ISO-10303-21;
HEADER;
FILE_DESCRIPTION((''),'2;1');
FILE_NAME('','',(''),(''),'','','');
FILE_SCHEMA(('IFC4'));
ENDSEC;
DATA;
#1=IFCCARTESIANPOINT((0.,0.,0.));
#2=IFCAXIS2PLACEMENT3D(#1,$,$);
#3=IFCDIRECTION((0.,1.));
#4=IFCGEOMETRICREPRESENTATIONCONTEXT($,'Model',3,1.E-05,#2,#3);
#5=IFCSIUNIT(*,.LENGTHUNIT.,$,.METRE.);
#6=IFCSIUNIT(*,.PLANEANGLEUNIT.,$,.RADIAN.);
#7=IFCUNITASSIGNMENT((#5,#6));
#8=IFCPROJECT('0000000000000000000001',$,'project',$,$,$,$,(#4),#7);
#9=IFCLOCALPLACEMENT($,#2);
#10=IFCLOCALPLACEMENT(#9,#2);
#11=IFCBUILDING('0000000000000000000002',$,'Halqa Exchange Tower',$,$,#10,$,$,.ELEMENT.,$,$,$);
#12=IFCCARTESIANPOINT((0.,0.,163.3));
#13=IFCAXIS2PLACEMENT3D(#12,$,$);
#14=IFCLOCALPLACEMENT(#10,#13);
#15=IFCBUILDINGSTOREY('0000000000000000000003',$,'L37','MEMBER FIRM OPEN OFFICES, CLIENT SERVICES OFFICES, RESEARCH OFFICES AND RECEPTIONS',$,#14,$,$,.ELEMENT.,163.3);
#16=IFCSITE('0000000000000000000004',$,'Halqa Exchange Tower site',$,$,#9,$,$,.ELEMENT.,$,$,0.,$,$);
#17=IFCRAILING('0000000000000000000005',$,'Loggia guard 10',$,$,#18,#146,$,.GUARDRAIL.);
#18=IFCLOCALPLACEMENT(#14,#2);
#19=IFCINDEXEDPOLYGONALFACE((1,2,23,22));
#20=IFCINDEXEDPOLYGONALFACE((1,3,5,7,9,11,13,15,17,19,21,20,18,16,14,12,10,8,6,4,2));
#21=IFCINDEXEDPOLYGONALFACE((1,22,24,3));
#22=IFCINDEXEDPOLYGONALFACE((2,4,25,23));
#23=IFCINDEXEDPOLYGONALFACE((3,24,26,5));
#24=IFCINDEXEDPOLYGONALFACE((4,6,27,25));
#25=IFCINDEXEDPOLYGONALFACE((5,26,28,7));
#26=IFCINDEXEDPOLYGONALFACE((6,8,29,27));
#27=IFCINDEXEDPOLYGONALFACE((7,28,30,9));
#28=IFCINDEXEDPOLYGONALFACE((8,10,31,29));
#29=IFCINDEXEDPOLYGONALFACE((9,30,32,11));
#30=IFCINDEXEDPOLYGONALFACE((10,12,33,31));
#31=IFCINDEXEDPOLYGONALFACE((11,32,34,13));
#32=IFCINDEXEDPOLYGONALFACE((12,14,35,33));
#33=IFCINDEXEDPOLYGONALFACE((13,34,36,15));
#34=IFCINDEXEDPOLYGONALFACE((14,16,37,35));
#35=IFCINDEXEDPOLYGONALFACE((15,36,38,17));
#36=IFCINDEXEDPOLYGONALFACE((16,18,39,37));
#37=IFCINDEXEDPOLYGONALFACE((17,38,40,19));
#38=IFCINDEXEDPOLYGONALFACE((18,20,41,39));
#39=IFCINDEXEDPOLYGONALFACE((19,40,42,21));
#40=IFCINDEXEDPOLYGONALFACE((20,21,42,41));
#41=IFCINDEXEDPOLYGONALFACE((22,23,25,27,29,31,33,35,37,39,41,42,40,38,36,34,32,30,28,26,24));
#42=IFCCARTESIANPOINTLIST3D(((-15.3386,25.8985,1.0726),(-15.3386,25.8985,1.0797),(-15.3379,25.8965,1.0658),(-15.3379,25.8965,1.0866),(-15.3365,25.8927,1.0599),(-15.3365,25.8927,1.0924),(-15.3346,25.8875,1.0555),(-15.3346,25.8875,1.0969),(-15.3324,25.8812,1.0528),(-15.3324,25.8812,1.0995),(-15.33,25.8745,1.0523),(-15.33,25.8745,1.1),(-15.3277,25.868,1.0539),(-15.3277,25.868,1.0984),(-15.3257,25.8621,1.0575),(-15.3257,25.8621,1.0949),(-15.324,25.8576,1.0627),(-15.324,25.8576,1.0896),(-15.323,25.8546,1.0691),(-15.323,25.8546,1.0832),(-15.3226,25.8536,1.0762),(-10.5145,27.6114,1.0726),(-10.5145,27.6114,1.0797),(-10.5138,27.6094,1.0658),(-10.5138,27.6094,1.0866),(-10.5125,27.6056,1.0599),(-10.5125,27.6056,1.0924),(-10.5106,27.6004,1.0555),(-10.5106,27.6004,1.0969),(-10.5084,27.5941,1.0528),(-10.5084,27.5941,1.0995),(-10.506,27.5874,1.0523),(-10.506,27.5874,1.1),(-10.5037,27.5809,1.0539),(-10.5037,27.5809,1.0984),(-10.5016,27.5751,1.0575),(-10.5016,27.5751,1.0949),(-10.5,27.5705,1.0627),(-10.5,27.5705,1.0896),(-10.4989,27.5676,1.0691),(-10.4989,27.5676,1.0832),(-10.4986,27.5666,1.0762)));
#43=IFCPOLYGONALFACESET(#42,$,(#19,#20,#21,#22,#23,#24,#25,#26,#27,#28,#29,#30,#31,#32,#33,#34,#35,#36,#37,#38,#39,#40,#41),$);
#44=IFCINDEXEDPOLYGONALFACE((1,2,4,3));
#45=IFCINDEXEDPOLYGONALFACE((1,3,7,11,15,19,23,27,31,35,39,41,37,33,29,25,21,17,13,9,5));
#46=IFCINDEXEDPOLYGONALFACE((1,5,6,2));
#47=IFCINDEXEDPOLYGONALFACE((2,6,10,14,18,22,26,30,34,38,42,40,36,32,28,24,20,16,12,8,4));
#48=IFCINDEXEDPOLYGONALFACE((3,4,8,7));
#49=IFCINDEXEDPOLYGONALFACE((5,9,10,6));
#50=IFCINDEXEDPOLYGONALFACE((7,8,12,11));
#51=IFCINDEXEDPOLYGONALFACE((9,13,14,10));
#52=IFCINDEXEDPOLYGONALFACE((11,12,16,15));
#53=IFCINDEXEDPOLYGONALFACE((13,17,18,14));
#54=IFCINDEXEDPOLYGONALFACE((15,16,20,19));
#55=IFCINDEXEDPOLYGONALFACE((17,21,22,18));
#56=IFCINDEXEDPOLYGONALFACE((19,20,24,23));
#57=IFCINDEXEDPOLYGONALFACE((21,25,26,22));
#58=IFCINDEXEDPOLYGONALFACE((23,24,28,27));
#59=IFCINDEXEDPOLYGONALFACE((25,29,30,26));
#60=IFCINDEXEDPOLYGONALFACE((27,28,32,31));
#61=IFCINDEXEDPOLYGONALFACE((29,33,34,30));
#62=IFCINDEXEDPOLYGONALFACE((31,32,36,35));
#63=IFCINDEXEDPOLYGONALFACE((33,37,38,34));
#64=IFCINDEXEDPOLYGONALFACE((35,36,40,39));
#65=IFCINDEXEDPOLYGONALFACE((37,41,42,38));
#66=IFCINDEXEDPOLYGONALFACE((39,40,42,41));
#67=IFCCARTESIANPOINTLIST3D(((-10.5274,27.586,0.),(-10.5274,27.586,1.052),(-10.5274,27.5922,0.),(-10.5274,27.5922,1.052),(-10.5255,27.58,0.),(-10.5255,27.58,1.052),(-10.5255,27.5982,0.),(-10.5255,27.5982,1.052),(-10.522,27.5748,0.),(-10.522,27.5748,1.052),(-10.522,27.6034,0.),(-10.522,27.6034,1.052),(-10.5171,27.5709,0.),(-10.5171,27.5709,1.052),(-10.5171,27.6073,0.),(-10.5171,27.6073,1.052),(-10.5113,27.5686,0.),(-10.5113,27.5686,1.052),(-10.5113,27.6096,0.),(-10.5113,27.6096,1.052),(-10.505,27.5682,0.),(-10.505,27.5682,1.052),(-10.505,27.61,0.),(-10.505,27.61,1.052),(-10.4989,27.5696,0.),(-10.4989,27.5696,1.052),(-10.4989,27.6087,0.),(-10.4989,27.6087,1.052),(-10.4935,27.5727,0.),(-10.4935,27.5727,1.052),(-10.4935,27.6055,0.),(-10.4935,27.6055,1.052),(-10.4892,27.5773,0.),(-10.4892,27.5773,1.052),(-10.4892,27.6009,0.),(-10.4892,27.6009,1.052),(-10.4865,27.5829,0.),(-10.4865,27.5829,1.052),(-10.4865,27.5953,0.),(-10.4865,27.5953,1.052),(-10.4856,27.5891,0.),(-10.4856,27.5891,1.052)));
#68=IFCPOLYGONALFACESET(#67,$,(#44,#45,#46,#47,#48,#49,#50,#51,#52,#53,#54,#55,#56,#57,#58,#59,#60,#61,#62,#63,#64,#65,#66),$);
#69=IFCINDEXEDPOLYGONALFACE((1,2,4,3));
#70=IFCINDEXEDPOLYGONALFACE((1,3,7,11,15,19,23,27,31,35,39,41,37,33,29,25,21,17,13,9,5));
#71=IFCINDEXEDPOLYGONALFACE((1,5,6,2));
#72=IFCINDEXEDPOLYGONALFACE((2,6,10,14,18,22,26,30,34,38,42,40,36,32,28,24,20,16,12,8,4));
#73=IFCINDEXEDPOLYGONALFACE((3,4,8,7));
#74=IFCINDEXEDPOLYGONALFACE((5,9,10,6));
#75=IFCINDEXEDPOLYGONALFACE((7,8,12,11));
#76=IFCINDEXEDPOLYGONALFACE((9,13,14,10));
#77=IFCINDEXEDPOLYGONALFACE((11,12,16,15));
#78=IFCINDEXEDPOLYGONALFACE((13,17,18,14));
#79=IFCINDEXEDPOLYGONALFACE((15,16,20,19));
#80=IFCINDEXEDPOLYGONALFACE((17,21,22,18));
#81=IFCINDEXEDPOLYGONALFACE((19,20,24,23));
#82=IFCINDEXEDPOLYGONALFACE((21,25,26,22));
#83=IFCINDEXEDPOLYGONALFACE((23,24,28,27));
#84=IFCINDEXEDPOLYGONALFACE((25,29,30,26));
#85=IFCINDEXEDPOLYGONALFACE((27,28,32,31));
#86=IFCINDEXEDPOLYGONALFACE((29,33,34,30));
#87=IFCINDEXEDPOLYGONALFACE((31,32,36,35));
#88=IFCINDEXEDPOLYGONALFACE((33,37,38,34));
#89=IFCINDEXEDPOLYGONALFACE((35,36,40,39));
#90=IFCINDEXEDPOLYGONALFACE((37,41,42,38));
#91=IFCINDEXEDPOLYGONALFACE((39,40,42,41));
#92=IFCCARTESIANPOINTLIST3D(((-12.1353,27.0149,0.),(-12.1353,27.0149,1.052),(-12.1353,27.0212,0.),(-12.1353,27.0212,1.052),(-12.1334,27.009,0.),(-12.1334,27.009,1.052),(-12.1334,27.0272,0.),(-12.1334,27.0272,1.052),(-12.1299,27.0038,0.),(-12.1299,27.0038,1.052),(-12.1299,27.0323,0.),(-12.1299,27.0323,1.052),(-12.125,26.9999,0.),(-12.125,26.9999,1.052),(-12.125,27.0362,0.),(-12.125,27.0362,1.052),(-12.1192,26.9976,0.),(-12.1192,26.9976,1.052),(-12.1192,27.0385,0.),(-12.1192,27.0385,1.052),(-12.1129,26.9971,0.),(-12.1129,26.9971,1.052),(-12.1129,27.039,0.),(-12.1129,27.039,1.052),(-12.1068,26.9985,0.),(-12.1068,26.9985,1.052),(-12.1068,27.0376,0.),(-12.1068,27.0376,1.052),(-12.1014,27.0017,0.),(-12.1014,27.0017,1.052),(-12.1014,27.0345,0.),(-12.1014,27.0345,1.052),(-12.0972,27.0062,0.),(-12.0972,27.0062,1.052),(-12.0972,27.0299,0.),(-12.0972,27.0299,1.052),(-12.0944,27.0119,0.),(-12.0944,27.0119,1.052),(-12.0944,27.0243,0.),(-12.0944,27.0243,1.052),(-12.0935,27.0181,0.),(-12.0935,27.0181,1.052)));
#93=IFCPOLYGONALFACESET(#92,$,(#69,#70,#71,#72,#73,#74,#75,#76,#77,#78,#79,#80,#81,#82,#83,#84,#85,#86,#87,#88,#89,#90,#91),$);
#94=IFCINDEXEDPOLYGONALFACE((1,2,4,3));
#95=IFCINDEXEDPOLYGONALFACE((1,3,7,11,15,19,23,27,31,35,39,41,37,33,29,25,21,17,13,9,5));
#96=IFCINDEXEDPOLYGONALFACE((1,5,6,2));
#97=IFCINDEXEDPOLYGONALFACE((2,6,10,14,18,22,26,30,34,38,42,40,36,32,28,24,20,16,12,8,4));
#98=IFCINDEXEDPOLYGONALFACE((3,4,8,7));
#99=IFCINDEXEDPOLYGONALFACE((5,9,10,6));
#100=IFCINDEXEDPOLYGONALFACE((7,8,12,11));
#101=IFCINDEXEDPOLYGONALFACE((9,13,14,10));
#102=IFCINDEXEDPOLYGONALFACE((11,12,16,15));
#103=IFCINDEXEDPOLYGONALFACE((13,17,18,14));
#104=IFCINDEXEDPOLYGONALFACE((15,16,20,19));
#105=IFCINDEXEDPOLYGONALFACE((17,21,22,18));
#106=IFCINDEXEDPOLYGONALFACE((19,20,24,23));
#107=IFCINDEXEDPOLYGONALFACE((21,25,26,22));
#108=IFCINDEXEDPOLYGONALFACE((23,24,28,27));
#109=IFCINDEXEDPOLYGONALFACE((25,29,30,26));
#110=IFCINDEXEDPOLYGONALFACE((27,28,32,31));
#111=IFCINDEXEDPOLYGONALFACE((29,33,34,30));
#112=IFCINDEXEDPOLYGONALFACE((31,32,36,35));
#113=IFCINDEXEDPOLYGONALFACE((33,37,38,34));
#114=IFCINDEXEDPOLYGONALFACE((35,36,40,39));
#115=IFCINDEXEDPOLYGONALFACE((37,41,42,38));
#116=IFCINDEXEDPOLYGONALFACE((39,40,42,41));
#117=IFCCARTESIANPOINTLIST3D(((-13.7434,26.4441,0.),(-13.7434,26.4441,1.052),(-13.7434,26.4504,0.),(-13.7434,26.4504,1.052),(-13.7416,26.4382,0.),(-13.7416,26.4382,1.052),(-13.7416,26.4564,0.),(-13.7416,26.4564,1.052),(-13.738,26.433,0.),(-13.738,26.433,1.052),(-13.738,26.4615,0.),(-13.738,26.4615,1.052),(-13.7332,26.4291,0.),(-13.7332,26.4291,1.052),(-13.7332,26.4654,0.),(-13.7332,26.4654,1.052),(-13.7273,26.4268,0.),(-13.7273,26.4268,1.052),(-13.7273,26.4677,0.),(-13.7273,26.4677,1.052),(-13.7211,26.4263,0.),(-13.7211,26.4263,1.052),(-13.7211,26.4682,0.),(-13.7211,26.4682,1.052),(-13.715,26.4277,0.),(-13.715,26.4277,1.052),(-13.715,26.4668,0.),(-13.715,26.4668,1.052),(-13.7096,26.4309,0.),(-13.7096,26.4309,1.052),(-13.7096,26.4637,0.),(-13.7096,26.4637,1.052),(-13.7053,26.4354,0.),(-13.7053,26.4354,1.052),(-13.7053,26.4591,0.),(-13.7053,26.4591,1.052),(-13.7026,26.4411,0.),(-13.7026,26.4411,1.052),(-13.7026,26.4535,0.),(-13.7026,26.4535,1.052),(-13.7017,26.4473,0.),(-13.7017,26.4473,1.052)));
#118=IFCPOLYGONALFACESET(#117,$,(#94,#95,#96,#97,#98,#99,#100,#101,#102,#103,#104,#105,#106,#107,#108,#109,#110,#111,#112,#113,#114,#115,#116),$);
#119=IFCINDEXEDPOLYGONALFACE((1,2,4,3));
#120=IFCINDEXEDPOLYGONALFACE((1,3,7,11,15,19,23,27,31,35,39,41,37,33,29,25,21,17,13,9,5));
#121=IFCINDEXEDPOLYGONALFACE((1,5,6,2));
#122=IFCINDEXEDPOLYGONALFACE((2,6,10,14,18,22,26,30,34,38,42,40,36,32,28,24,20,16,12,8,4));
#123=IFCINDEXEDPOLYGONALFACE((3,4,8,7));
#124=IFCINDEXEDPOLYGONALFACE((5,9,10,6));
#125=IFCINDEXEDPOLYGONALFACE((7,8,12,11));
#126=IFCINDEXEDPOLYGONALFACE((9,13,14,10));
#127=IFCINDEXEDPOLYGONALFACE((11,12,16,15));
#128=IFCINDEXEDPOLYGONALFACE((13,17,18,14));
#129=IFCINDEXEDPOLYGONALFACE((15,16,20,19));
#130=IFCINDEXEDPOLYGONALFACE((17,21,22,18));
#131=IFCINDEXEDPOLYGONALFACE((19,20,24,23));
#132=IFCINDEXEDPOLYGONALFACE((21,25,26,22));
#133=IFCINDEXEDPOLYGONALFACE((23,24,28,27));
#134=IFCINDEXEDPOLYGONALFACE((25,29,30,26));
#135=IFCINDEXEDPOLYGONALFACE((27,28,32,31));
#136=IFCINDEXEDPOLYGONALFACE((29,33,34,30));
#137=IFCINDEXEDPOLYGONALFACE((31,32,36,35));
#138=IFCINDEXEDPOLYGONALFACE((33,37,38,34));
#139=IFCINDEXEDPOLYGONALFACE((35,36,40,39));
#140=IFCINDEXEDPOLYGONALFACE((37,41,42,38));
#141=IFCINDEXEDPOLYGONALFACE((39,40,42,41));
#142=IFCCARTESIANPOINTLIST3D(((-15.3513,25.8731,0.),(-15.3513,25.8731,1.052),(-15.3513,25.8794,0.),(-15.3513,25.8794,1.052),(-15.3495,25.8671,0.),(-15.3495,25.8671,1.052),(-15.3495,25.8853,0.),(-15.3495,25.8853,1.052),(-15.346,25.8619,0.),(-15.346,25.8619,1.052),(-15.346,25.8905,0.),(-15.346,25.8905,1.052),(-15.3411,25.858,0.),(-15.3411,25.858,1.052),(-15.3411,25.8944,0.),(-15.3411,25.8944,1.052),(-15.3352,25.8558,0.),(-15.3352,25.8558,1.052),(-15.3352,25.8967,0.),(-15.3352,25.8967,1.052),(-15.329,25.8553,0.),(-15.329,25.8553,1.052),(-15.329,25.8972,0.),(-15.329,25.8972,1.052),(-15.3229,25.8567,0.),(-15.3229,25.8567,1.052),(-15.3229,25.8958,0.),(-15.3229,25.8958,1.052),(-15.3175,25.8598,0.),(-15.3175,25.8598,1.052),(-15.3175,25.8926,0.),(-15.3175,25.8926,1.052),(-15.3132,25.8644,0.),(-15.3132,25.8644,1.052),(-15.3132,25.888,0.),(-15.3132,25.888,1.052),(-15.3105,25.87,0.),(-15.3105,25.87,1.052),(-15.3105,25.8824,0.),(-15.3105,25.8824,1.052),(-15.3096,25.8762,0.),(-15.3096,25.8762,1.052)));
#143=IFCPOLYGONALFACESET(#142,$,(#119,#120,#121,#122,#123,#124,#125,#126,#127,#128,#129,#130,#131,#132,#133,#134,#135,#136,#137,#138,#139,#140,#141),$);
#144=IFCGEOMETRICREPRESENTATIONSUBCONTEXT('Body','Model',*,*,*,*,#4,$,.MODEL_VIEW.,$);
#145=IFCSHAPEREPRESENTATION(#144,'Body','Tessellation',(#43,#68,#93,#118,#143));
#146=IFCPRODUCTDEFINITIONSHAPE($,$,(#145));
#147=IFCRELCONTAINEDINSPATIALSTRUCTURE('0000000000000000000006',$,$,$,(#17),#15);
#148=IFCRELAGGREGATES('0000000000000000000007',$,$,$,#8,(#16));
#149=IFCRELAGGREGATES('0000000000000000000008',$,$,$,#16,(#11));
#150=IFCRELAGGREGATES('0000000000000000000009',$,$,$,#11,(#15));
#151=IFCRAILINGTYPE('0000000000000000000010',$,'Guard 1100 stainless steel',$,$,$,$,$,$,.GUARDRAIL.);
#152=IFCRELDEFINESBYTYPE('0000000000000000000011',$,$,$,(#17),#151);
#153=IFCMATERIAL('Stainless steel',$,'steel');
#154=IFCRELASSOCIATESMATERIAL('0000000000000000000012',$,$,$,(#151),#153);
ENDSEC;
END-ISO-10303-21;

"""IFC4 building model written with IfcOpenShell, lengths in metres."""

from ifc_helpers import new_model, si_unit, direction, frame, origin, origin_2d, place, context, subcontext, project, spatial, circle, extrude, material, type_object, element, save


model = new_model("IFC4")

# Units and contexts
model_context = context("Model", 3, precision=1e-05, world=origin(), true_north=direction((0.0, 1.0)))
body_context = subcontext(model_context, "Body", "Model", "MODEL_VIEW")
ifc_project = project(units=[si_unit("LENGTHUNIT", "METRE"), si_unit("PLANEANGLEUNIT", "RADIAN")], contexts=[model_context])

# Site, building, storey
site_placement = place(None, origin())
site = spatial("IfcSite", under=ifc_project, at=site_placement, Name="Halqa Exchange Tower site", CompositionType="ELEMENT", RefElevation=0.0)
building_placement = place(site_placement, origin())
building = spatial("IfcBuilding", under=site, at=building_placement, Name="Halqa Exchange Tower", CompositionType="ELEMENT")
storey_placement = place(building_placement, frame((0.0, 0.0, 163.3)))
storey = spatial("IfcBuildingStorey", under=building, at=storey_placement, Name="L37", Description="MEMBER FIRM OPEN OFFICES, CLIENT SERVICES OFFICES, RESEARCH OFFICES AND RECEPTIONS", CompositionType="ELEMENT", Elevation=163.3)

# Railing
ifc_material_1 = material(Name="Stainless steel", Category="steel")
railing_type_1 = type_object("IfcRailingType", Name="Guard 1100 stainless steel", PredefinedType="GUARDRAIL", material=ifc_material_1)
railing_1_placement = place(storey_placement, frame((-10.5066, 27.5891, 0.0)))
element("IfcRailing", 1, at=railing_1_placement, inside=storey, type_object=railing_type_1, Name="Loggia guard 10", PredefinedType="GUARDRAIL", context=body_context, shape_type="SweptSolid", body=[
    extrude(circle(Radius=0.0239, at=origin_2d()), frame((0.0, 0.0, 1.0762), z_axis=(-0.942356, -0.334611, 0.0), x_axis=(0.334611, -0.942356, 0.0)), (0.0, 0.0, 1.0), 5.1191),
    extrude(circle(Radius=0.021, at=origin_2d()), origin(), (0.0, 0.0, 1.0), 1.052),
    extrude(circle(Radius=0.021, at=origin_2d()), frame((-1.6079, -0.571, 0.0)), (0.0, 0.0, 1.0), 1.052),
    extrude(circle(Radius=0.021, at=origin_2d()), frame((-3.2161, -1.1418, 0.0)), (0.0, 0.0, 1.0), 1.052),
    extrude(circle(Radius=0.021, at=origin_2d()), frame((-4.824, -1.7129, 0.0)), (0.0, 0.0, 1.0), 1.052),
])

save(model, "model.ifc")
